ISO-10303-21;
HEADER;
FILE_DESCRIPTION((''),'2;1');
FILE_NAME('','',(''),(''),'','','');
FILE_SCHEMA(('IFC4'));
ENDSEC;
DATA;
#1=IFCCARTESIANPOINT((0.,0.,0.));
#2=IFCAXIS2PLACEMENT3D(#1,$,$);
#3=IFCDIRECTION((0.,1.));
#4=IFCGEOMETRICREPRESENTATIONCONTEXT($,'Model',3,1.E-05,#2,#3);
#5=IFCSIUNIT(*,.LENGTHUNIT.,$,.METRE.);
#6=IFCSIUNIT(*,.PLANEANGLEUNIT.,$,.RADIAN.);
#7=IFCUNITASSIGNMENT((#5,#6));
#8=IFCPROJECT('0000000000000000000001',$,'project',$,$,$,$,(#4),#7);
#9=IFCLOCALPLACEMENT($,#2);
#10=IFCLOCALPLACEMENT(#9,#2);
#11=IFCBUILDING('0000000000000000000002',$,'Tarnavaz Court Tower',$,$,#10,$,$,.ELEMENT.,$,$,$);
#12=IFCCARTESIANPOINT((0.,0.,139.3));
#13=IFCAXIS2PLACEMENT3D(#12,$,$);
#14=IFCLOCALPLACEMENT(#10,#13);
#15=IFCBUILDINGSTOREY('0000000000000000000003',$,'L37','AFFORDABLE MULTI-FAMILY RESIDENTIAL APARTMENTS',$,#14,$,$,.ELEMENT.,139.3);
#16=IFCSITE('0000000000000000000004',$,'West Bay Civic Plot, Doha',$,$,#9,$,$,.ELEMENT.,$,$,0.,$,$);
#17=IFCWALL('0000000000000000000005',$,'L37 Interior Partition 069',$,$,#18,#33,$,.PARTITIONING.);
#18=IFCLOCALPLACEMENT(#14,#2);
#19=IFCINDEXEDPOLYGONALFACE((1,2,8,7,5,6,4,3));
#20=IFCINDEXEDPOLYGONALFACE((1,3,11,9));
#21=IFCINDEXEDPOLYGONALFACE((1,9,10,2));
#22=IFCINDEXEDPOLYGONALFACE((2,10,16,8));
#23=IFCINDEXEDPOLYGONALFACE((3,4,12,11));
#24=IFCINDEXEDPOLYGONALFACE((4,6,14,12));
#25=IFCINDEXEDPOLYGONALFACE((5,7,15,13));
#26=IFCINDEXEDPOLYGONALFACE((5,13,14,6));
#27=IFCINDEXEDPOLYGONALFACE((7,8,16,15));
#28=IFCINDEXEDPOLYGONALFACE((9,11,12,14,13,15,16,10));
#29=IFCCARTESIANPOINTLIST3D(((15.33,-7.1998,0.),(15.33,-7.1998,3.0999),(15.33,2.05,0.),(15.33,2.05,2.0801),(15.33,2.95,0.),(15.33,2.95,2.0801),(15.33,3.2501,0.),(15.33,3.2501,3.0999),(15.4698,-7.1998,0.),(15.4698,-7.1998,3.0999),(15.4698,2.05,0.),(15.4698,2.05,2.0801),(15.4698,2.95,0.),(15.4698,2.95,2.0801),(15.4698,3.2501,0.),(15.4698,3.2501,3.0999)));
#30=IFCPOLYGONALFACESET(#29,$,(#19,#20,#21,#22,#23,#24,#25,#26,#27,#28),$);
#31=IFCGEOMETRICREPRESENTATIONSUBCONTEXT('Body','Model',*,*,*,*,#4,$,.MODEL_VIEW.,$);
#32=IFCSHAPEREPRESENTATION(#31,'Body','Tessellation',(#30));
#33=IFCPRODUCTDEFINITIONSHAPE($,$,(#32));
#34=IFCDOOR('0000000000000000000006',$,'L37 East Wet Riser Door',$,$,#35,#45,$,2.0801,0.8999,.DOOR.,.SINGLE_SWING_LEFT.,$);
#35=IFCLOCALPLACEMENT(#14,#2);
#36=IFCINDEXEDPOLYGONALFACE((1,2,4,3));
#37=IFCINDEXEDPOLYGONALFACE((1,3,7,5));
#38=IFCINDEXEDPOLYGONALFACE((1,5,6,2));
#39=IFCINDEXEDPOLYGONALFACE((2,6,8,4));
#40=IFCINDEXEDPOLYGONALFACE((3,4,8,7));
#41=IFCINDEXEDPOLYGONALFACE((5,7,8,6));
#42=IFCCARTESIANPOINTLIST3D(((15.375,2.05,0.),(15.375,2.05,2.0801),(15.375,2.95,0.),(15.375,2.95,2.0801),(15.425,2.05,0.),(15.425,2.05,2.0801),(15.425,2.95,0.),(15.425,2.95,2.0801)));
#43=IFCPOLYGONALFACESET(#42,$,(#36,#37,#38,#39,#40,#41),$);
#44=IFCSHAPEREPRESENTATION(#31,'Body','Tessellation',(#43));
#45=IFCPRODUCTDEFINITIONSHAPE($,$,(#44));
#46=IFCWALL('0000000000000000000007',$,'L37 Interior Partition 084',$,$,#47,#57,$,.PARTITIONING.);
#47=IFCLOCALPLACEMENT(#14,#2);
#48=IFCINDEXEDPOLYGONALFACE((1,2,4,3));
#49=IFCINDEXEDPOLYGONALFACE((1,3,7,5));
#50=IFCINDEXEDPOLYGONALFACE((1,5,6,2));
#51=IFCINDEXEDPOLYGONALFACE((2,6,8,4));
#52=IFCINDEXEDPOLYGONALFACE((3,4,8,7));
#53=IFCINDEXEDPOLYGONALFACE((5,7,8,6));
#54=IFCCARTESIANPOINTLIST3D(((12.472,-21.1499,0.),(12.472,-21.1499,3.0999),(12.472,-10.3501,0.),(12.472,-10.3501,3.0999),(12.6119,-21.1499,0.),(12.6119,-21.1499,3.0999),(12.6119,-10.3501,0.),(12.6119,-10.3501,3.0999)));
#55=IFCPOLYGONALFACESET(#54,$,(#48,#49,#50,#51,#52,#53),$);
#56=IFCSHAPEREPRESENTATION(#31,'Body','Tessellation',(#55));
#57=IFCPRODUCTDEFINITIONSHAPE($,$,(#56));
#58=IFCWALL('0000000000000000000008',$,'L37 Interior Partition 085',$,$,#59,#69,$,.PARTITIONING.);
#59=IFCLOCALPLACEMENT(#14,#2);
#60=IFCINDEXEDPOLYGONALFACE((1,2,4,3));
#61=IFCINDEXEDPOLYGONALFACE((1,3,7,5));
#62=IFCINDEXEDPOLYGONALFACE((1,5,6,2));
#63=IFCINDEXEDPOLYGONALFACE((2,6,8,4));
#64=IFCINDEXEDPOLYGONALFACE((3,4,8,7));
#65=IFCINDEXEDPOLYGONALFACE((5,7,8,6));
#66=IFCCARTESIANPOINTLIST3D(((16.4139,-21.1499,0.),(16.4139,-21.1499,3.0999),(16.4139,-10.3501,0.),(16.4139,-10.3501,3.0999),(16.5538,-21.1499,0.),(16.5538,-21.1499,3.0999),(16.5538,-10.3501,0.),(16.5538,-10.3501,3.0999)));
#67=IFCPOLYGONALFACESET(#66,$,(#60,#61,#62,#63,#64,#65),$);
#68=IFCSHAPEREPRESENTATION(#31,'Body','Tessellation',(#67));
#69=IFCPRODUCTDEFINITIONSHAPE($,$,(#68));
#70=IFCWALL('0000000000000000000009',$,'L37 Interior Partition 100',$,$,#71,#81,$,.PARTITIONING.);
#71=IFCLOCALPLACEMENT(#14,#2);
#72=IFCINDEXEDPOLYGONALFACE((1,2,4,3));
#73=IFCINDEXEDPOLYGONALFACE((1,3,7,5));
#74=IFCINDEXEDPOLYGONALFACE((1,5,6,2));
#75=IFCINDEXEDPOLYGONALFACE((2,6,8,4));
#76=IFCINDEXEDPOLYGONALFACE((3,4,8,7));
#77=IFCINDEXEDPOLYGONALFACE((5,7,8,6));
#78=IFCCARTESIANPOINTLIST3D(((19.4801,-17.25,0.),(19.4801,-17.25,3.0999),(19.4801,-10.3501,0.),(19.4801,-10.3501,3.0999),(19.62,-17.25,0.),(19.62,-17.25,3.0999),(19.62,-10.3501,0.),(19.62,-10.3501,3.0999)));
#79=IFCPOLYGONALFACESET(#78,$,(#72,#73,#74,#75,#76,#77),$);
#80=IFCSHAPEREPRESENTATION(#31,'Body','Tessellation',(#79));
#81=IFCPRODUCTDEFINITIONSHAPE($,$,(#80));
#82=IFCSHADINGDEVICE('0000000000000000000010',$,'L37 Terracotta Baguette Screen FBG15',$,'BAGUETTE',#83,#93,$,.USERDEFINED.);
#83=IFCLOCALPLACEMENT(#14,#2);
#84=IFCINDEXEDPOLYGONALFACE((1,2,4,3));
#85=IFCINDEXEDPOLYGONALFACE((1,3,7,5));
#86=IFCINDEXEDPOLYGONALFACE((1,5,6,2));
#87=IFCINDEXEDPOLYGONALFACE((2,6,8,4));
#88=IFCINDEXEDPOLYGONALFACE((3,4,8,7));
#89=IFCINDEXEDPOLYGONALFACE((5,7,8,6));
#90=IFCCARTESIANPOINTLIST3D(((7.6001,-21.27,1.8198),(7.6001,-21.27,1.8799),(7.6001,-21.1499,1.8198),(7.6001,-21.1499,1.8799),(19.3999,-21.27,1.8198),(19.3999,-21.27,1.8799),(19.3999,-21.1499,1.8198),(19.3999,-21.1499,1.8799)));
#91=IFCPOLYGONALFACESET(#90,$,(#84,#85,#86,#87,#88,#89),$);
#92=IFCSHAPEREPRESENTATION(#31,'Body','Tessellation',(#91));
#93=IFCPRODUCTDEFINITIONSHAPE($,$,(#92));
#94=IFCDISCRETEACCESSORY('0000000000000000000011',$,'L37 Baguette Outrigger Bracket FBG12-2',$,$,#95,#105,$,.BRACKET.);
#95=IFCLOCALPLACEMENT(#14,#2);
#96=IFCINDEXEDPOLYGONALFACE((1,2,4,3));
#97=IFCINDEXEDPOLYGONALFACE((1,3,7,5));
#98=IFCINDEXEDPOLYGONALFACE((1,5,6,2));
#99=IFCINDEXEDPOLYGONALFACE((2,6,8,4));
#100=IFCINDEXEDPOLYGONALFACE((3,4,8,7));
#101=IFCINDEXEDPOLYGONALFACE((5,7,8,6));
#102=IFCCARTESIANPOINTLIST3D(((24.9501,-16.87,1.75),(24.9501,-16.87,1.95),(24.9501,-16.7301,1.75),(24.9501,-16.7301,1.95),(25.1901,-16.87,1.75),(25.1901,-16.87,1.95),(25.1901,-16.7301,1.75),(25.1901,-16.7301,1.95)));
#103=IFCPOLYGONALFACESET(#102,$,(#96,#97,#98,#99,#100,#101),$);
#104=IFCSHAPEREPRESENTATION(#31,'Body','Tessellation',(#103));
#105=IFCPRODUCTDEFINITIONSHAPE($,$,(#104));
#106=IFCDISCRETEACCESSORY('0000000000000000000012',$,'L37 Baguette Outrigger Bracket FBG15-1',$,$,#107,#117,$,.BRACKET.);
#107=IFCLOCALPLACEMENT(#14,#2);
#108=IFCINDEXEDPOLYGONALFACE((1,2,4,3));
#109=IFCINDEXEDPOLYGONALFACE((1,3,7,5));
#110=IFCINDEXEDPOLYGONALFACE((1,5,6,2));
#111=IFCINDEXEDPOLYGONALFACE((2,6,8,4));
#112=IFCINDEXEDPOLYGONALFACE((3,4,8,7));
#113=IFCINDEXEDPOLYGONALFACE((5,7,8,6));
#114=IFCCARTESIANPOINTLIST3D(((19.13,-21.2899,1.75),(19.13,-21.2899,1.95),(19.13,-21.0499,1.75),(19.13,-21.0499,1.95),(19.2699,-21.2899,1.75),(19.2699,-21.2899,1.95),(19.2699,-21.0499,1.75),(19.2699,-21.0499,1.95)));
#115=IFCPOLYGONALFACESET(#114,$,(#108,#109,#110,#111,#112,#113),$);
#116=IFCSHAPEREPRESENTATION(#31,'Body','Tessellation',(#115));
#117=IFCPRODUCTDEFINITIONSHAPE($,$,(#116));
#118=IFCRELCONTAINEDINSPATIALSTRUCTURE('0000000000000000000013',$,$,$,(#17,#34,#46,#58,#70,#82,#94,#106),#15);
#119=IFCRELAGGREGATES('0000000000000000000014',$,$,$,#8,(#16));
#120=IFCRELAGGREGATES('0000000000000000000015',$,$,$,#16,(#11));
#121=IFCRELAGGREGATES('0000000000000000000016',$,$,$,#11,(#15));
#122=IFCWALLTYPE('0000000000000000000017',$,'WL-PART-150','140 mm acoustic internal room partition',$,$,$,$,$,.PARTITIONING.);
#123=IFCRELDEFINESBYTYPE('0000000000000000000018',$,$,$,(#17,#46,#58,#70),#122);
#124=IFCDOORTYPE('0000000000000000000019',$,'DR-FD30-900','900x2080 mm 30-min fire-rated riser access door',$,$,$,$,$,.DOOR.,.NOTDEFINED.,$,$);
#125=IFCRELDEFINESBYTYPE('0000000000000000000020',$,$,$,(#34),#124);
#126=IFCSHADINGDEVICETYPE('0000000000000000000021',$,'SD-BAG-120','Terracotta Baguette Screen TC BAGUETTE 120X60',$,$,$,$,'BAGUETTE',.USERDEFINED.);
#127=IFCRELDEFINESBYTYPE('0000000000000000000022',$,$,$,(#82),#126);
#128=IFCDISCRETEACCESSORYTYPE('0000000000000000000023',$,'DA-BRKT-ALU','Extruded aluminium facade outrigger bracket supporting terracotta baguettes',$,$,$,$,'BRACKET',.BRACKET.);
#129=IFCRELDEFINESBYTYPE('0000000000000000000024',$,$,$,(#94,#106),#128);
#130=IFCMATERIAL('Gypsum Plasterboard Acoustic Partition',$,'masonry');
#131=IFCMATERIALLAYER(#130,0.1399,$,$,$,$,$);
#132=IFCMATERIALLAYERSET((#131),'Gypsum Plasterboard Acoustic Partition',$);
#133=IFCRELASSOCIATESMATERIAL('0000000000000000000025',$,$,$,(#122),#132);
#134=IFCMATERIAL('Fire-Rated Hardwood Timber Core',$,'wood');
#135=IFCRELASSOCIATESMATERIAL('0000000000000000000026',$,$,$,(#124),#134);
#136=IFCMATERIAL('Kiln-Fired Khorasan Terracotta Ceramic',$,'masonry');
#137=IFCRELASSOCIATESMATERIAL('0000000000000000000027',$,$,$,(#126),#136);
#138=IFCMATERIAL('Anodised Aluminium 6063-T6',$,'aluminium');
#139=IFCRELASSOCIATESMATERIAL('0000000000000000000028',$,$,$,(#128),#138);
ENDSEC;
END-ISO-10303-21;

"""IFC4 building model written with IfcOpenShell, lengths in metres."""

from ifc_helpers import new_model, si_unit, direction, frame, frame_2d, origin, origin_2d, place, context, subcontext, project, spatial, rectangle, extrude, material, layer, layer_set, material_profile, profile_set, type_object, element, fill, save


model = new_model("IFC4")

# Units and contexts
model_context = context("Model", 3, precision=1e-05, world=origin(), true_north=direction((0.0, 1.0)))
body_context = subcontext(model_context, "Body", "Model", "MODEL_VIEW")
ifc_project = project(units=[si_unit("LENGTHUNIT", "METRE"), si_unit("PLANEANGLEUNIT", "RADIAN")], contexts=[model_context])

# Site, building, storey
site_placement = place(None, origin())
site = spatial("IfcSite", under=ifc_project, at=site_placement, Name="West Bay Civic Plot, Doha", CompositionType="ELEMENT", RefElevation=0.0)
building_placement = place(site_placement, origin())
building = spatial("IfcBuilding", under=site, at=building_placement, Name="Tarnavaz Court Tower", CompositionType="ELEMENT")
storey_placement = place(building_placement, frame((0.0, 0.0, 139.3)))
storey = spatial("IfcBuildingStorey", under=building, at=storey_placement, Name="L37", Description="AFFORDABLE MULTI-FAMILY RESIDENTIAL APARTMENTS", CompositionType="ELEMENT", Elevation=139.3)

# Wall, opening, door
ifc_material_1 = material(Name="Gypsum Plasterboard Acoustic Partition", Category="masonry")
ifc_layer_1 = layer(ifc_material_1, 0.1399)
ifc_layer_set_1 = layer_set([ifc_layer_1], Name="Gypsum Plasterboard Acoustic Partition")
wall_type_1 = type_object("IfcWallType", Name="WL-PART-150", Description="140 mm acoustic internal room partition", PredefinedType="PARTITIONING", material=ifc_layer_set_1)
wall_1_placement = place(storey_placement, frame((15.3999, -7.2, 0.0), z_axis=(0.0, 0.0, 1.0), x_axis=(0.0, 1.0, 0.0)))
wall_1 = element("IfcWall", 1, at=wall_1_placement, inside=storey, type_object=wall_type_1, Name="L37 Interior Partition 069", PredefinedType="PARTITIONING", context=body_context, shape_type="SweptSolid", body=[
    extrude(rectangle(XDim=10.45, YDim=0.1399, at=frame_2d((5.2251, 0.0))), origin(), (0.0, 0.0, 1.0), 3.0999),
])
opening_1_placement = place(wall_1_placement, frame((9.25, 0.0, 0.0)))
opening_1 = element("IfcOpeningElement", 2, at=opening_1_placement, cuts=wall_1, PredefinedType="OPENING", context=body_context, shape_type="SweptSolid", body=[
    extrude(rectangle(XDim=0.8999, YDim=2.0801, at=frame_2d((0.45, 1.04))), frame((0.0, 0.0798, 0.0), z_axis=(0.0, -1.0, 0.0), x_axis=(1.0, 0.0, 0.0)), (0.0, 0.0, 1.0), 0.1599),
])
ifc_material_2 = material(Name="Fire-Rated Hardwood Timber Core", Category="wood")
door_type_1 = type_object("IfcDoorType", Name="DR-FD30-900", Description="900x2080 mm 30-min fire-rated riser access door", OperationType="NOTDEFINED", PredefinedType="DOOR", material=ifc_material_2)
door_1_placement = place(opening_1_placement, origin())
door_1 = element("IfcDoor", 3, at=door_1_placement, inside=storey, type_object=door_type_1, Name="L37 East Wet Riser Door", OperationType="SINGLE_SWING_LEFT", OverallHeight=2.0801, OverallWidth=0.8999, PredefinedType="DOOR", context=body_context, shape_type="SweptSolid", body=[
    extrude(rectangle(XDim=0.8999, YDim=2.0801, at=frame_2d((0.45, 1.04))), frame((0.0, 0.0249, 0.0), z_axis=(0.0, -1.0, 0.0), x_axis=(1.0, 0.0, 0.0)), (0.0, 0.0, 1.0), 0.05),
])
fill(opening_1, door_1)

# Walls
for number, where, z_axis, x_axis, name in (
    (4, (12.542, -21.1499, 0.0), (0.0, 0.0, 1.0), (0.0, 1.0, 0.0), "L37 Interior Partition 084"),
    (5, (16.4839, -21.1499, 0.0), (0.0, 0.0, 1.0), (0.0, 1.0, 0.0), "L37 Interior Partition 085"),
):
    element("IfcWall", number, at=place(storey_placement, frame(where, z_axis=z_axis, x_axis=x_axis)), inside=storey, type_object=wall_type_1, Name=name, PredefinedType="PARTITIONING", context=body_context, shape_type="SweptSolid", body=[
        extrude(rectangle(XDim=10.7998, YDim=0.1399, at=frame_2d((5.3999, 0.0))), origin(), (0.0, 0.0, 1.0), 3.0999),
    ])
wall_2_placement = place(storey_placement, frame((19.55, -17.25, 0.0), z_axis=(0.0, 0.0, 1.0), x_axis=(0.0, 1.0, 0.0)))
element("IfcWall", 6, at=wall_2_placement, inside=storey, type_object=wall_type_1, Name="L37 Interior Partition 100", PredefinedType="PARTITIONING", context=body_context, shape_type="SweptSolid", body=[
    extrude(rectangle(XDim=6.8999, YDim=0.1399, at=frame_2d((3.45, 0.0))), origin(), (0.0, 0.0, 1.0), 3.0999),
])

# Shading device
ifc_material_3 = material(Name="Kiln-Fired Khorasan Terracotta Ceramic", Category="masonry")
ifc_material_profile_1 = material_profile(ifc_material_3, rectangle(XDim=0.1201, YDim=0.0601, at=origin_2d()), Name="TC BAGUETTE 120X60")
ifc_profile_set_1 = profile_set([ifc_material_profile_1], Name="Kiln-Fired Khorasan Terracotta Ceramic")
shading_device_type = type_object("IfcShadingDeviceType", Name="SD-BAG-120", Description="Terracotta Baguette Screen TC BAGUETTE 120X60", ElementType="BAGUETTE", PredefinedType="USERDEFINED", material=ifc_profile_set_1)
shading_device_placement = place(storey_placement, frame((19.3999, -21.21, 1.8499), z_axis=(-1.0, 0.0, 0.0), x_axis=(0.0, -1.0, 0.0)))
element("IfcShadingDevice", 7, at=shading_device_placement, inside=storey, type_object=shading_device_type, Name="L37 Terracotta Baguette Screen FBG15", ObjectType="BAGUETTE", PredefinedType="USERDEFINED", context=body_context, shape_type="SweptSolid", body=[
    extrude(rectangle(XDim=0.1201, YDim=0.0601, at=origin_2d()), origin(), (0.0, 0.0, 1.0), 11.7998),
])

# Discrete accessories
ifc_material_4 = material(Name="Anodised Aluminium 6063-T6", Category="aluminium")
discrete_accessory_type = type_object("IfcDiscreteAccessoryType", Name="DA-BRKT-ALU", Description="Extruded aluminium facade outrigger bracket supporting terracotta baguettes", ElementType="BRACKET", PredefinedType="BRACKET", material=ifc_material_4)
for number, where, z_axis, x_axis, name in (
    (8, (25.0701, -16.8, 1.75), (0.0, 0.0, 1.0), (0.0, -1.0, 0.0), "L37 Baguette Outrigger Bracket FBG12-2"),
    (9, (19.2, -21.1699, 1.75), (0.0, 0.0, 1.0), (-1.0, 0.0, 0.0), "L37 Baguette Outrigger Bracket FBG15-1"),
):
    element("IfcDiscreteAccessory", number, at=place(storey_placement, frame(where, z_axis=z_axis, x_axis=x_axis)), inside=storey, type_object=discrete_accessory_type, Name=name, PredefinedType="BRACKET", context=body_context, shape_type="SweptSolid", body=[
        extrude(rectangle(XDim=0.1399, YDim=0.24, at=origin_2d()), origin(), (0.0, 0.0, 1.0), 0.2),
    ])

save(model, "model.ifc")
